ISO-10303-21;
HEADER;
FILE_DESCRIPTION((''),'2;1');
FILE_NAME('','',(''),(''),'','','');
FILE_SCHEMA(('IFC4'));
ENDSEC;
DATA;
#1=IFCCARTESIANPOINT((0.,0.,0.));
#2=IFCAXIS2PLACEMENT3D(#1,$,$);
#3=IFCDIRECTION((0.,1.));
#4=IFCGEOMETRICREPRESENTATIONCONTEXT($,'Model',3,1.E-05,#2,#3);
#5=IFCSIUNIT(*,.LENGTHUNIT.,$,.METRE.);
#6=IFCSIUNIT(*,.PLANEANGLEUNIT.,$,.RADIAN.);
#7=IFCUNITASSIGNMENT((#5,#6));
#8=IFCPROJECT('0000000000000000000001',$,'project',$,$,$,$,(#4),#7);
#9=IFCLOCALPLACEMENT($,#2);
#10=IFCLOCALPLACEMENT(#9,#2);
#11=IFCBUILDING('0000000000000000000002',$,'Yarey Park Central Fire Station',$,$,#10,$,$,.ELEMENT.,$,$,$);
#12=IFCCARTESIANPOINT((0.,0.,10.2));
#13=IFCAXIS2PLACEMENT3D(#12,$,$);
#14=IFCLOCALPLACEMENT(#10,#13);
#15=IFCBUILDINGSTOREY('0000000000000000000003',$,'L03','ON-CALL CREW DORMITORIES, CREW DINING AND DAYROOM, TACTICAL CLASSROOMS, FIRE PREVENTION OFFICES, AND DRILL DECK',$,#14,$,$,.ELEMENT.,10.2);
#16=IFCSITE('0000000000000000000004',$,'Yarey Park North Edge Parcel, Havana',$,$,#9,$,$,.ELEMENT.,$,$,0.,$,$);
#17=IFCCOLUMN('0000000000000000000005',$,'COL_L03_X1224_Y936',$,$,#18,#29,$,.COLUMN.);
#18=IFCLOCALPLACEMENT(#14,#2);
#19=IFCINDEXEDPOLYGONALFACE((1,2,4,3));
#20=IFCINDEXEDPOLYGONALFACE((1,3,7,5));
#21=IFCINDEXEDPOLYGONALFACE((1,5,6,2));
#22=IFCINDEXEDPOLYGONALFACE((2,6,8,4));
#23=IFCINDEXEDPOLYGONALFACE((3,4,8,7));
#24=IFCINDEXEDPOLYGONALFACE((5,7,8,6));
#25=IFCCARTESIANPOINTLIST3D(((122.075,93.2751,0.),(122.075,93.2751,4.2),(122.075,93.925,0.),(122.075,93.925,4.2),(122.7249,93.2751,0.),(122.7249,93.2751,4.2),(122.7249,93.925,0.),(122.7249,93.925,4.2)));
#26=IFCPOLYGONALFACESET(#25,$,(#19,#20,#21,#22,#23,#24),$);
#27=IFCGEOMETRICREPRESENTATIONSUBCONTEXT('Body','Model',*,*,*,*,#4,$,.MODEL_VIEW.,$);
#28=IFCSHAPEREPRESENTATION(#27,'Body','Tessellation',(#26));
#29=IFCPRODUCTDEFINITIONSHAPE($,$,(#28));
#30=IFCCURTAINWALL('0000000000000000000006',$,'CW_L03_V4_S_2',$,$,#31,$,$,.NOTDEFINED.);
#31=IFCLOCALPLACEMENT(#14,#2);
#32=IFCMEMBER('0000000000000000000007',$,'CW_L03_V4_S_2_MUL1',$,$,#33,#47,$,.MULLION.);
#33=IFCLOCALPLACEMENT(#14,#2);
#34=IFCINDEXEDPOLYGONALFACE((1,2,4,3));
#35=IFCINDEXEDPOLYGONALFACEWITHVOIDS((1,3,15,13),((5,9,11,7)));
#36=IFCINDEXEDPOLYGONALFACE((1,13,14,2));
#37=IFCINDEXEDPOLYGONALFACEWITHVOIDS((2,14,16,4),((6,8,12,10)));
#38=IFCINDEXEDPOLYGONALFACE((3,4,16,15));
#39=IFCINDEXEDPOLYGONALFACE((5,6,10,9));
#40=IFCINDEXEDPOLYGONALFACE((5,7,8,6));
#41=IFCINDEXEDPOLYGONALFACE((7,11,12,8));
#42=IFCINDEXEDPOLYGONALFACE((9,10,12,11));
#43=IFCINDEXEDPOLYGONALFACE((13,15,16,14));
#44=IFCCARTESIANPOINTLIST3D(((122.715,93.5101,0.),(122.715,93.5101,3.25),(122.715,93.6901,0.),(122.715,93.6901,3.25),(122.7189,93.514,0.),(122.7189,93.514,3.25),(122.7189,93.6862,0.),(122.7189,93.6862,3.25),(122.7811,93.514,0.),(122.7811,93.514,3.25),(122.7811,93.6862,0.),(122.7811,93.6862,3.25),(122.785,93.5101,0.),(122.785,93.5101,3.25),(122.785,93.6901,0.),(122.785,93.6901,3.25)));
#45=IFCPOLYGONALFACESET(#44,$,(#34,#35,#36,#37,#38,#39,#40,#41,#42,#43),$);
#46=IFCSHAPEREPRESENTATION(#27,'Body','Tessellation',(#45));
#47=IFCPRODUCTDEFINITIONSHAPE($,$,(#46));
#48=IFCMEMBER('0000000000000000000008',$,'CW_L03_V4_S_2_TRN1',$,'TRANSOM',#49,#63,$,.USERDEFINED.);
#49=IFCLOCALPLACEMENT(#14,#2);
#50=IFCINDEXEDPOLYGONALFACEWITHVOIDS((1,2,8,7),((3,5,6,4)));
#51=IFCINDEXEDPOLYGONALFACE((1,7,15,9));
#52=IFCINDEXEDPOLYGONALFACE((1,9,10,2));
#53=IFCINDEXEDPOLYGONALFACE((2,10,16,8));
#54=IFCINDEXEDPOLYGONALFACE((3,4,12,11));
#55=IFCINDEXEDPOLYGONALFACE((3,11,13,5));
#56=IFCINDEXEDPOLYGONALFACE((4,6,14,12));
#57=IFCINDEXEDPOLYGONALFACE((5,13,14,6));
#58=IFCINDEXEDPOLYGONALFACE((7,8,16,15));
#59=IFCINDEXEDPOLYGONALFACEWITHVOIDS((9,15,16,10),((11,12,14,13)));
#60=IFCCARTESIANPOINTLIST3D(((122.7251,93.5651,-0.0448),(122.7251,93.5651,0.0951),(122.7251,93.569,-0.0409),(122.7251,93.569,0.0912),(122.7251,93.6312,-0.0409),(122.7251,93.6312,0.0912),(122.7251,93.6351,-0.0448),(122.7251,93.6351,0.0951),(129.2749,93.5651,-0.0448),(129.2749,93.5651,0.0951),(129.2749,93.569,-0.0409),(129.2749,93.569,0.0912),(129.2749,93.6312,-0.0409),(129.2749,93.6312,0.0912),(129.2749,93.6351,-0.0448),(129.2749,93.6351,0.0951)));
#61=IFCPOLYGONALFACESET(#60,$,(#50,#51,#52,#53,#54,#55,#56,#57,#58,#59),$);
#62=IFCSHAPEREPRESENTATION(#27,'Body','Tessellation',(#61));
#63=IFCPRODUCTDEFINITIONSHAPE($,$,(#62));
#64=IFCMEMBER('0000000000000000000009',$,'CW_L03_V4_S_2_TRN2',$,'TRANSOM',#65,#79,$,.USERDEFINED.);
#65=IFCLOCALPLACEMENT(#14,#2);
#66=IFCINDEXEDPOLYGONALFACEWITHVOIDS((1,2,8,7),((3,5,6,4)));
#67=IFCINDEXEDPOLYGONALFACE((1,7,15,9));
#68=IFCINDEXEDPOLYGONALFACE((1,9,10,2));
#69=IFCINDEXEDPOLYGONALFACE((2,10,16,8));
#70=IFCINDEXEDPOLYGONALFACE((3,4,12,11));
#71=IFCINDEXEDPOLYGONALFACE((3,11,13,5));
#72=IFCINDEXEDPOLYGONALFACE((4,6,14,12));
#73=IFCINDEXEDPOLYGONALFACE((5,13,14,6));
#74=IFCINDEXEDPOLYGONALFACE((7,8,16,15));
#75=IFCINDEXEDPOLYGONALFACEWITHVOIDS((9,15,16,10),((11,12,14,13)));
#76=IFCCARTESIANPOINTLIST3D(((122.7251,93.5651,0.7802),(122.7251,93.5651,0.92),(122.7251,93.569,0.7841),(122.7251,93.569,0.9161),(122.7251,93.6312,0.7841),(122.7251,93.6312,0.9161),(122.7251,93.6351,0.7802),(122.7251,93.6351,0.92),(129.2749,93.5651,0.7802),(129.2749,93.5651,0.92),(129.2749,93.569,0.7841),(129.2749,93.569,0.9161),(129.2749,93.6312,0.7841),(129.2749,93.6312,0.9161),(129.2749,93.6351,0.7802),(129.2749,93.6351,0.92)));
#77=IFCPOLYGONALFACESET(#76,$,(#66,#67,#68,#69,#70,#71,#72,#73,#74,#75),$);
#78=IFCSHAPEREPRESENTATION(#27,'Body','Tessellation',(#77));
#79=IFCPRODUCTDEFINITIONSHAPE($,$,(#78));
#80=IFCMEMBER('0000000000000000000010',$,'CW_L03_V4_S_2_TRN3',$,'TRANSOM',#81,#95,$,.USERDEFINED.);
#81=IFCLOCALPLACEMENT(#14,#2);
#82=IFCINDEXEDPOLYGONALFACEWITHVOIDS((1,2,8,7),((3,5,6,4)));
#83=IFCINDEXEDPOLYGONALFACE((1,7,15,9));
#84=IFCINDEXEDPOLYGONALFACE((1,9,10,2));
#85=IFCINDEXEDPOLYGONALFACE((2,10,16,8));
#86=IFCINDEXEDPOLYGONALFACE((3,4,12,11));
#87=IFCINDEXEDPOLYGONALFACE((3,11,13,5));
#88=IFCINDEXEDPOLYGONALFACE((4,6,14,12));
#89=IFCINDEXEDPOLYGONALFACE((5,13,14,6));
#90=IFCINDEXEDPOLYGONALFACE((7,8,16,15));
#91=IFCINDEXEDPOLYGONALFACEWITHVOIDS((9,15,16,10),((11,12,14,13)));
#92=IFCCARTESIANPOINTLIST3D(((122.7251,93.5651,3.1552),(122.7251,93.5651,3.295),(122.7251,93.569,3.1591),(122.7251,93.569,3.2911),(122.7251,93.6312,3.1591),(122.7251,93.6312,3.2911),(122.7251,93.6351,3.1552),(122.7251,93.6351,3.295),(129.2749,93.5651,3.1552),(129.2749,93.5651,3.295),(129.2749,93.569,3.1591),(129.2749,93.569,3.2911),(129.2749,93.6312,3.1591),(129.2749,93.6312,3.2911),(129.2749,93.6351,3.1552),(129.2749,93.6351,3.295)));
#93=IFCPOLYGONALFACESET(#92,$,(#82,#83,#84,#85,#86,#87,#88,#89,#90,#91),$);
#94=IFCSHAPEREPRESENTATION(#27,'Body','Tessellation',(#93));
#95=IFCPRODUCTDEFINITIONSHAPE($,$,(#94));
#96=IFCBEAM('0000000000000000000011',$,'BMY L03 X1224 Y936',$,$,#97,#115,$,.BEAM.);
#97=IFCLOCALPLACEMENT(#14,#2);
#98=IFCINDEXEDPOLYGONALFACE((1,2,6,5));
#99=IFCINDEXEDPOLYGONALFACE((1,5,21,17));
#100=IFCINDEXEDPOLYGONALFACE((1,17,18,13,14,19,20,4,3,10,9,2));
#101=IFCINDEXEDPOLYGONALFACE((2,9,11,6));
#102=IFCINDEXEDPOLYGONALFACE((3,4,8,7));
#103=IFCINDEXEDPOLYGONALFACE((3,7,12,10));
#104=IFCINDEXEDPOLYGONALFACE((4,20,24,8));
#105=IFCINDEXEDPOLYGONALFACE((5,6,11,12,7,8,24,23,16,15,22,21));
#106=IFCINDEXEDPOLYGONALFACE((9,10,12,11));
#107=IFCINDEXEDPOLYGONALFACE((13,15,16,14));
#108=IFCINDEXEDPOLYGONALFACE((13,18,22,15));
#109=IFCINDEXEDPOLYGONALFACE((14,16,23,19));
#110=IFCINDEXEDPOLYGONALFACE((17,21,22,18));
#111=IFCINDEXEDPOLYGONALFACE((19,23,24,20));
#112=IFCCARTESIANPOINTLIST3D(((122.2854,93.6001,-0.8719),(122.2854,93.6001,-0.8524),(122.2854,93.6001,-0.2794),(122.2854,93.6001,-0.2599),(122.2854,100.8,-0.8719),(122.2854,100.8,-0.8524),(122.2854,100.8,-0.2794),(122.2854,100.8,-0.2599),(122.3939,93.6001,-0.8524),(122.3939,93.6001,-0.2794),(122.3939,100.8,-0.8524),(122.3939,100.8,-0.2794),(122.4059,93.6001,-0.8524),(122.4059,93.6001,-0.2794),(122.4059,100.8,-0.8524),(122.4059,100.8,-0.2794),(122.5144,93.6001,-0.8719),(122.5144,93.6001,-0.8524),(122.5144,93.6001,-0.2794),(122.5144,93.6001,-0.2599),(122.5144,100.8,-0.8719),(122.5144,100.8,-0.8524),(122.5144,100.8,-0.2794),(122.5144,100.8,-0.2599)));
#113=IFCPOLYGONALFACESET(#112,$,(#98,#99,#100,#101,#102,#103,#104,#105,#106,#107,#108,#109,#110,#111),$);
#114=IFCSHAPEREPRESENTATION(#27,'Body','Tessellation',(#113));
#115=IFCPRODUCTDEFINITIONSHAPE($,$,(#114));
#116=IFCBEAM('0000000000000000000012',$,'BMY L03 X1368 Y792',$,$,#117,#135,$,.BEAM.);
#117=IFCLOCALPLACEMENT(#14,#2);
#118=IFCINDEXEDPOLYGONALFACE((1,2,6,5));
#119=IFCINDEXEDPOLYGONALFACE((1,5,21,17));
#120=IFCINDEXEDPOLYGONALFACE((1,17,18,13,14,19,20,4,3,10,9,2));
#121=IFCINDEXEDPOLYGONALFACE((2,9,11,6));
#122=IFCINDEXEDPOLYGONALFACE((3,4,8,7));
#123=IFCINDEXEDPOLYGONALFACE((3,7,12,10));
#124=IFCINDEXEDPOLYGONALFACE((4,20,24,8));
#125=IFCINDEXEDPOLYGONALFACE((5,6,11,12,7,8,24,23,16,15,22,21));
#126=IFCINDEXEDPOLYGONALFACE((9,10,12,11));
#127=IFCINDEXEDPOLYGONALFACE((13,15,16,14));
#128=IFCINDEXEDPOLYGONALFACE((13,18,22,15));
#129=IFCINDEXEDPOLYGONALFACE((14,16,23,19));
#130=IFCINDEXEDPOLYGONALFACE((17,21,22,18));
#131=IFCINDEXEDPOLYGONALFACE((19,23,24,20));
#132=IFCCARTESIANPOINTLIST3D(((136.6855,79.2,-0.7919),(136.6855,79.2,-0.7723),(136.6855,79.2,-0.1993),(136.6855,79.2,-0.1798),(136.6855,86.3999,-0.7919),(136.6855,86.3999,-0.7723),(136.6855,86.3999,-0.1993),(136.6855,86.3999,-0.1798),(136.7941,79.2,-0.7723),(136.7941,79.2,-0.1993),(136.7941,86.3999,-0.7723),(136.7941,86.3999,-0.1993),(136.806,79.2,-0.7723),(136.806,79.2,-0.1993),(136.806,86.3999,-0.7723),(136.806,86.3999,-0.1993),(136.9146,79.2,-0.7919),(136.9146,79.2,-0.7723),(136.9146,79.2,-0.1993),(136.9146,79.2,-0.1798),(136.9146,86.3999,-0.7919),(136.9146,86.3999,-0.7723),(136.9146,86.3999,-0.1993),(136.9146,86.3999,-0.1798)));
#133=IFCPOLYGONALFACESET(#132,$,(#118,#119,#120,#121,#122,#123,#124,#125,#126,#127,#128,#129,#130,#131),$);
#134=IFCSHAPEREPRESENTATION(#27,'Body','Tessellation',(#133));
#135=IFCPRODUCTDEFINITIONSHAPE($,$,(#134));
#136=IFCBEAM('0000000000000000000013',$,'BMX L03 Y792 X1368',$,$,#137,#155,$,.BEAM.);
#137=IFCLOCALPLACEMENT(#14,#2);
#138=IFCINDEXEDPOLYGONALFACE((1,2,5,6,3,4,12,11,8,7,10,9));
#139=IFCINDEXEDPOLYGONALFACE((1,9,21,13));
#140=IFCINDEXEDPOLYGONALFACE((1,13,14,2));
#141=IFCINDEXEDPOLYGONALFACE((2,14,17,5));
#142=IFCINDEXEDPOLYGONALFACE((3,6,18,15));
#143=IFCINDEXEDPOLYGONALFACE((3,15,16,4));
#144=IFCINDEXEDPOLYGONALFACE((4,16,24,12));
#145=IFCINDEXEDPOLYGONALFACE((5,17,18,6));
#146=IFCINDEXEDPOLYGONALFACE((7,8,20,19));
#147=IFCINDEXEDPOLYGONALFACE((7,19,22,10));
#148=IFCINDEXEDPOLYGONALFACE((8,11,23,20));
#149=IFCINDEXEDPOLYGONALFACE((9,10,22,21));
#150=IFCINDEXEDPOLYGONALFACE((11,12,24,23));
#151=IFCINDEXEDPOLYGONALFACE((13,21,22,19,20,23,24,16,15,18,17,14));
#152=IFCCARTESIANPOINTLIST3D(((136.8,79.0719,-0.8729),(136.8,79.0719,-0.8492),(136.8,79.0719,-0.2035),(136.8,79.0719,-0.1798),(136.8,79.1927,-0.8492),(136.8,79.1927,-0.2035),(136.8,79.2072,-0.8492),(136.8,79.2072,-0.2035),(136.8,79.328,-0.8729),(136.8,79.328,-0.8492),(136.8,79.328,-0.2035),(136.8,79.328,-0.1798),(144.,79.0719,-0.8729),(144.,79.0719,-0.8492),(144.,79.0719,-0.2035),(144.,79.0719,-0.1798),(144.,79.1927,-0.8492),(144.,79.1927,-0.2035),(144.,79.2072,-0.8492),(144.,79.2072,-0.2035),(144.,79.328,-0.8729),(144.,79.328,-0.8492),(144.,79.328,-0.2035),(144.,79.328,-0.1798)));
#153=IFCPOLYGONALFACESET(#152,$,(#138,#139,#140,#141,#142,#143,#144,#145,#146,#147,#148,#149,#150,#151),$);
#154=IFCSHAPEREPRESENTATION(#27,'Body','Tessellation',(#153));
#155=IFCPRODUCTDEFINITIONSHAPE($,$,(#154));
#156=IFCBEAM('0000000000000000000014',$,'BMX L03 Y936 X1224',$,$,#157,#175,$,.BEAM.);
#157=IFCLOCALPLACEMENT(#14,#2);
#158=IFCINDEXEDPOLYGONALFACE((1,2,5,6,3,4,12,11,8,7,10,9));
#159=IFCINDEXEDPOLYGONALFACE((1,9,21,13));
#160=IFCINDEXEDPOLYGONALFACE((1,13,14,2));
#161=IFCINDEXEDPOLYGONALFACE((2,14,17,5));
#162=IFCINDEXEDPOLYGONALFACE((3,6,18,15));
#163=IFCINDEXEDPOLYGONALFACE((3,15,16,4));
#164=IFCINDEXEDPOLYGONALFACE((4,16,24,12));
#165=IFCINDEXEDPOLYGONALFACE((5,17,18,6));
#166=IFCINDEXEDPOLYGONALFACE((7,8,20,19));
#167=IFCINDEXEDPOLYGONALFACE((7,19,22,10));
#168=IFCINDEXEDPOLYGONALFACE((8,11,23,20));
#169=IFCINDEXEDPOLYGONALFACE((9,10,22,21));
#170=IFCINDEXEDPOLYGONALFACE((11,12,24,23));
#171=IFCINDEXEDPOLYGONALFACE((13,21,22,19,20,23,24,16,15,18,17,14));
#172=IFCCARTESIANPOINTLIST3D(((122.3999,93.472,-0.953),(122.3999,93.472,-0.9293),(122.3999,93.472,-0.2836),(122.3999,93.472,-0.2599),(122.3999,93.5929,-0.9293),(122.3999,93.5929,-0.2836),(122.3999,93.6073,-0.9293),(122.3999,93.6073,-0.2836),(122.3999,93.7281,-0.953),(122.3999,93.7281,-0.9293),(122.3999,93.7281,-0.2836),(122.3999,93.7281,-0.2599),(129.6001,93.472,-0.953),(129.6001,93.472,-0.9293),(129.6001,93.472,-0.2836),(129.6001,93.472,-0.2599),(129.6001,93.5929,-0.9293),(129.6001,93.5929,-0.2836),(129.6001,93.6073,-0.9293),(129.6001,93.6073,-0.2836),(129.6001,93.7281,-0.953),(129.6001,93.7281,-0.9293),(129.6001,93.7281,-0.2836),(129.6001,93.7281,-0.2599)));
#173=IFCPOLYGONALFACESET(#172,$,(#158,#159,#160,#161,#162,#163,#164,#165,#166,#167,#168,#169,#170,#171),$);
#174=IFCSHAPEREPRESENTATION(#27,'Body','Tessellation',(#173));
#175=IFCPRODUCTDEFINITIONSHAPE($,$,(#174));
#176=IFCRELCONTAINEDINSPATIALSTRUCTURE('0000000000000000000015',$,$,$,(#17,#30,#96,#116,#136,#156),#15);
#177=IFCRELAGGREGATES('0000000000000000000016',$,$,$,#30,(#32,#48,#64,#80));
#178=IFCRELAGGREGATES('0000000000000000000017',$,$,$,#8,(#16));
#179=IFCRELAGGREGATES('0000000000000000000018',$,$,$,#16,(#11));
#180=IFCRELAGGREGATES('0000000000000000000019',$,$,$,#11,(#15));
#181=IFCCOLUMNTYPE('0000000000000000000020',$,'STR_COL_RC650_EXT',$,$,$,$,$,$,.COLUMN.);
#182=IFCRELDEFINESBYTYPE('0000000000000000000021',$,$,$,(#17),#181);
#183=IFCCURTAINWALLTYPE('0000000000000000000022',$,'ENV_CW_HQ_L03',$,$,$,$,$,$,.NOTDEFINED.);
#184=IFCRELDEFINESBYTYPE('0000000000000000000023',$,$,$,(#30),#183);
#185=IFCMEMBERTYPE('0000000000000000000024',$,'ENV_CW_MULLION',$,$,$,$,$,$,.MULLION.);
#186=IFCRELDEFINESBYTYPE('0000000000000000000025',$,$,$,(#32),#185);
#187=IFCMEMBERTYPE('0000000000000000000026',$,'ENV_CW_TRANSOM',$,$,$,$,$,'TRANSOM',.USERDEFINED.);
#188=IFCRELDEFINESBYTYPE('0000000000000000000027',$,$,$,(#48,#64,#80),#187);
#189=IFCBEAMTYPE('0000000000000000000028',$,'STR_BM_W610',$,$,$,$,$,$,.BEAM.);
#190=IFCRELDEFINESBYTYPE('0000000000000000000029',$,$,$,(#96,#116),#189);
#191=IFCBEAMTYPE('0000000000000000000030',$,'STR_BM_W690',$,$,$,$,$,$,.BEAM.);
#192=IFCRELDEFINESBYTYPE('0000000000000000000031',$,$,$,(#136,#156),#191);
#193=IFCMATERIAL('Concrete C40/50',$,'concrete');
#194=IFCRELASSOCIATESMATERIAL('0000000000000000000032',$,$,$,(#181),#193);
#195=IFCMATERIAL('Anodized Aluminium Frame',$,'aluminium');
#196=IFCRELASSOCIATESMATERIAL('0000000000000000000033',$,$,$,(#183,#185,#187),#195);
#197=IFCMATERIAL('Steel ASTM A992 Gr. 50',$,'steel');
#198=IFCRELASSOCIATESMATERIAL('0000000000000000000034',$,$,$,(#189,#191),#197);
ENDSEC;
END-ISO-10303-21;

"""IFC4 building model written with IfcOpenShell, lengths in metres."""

from ifc_helpers import new_model, si_unit, direction, frame, origin, origin_2d, place, context, subcontext, project, spatial, rectangle, hollow_rectangle, i_section, extrude, material, material_profile, profile_set, type_object, element, aggregate, save


model = new_model("IFC4")

# Units and contexts
model_context = context("Model", 3, precision=1e-05, world=origin(), true_north=direction((0.0, 1.0)))
body_context = subcontext(model_context, "Body", "Model", "MODEL_VIEW")
ifc_project = project(units=[si_unit("LENGTHUNIT", "METRE"), si_unit("PLANEANGLEUNIT", "RADIAN")], contexts=[model_context])

# Site, building, storey
site_placement = place(None, origin())
site = spatial("IfcSite", under=ifc_project, at=site_placement, Name="Yarey Park North Edge Parcel, Havana", CompositionType="ELEMENT", RefElevation=0.0)
building_placement = place(site_placement, origin())
building = spatial("IfcBuilding", under=site, at=building_placement, Name="Yarey Park Central Fire Station", CompositionType="ELEMENT")
storey_placement = place(building_placement, frame((0.0, 0.0, 10.2)))
storey = spatial("IfcBuildingStorey", under=building, at=storey_placement, Name="L03", Description="ON-CALL CREW DORMITORIES, CREW DINING AND DAYROOM, TACTICAL CLASSROOMS, FIRE PREVENTION OFFICES, AND DRILL DECK", CompositionType="ELEMENT", Elevation=10.2)

# Column
ifc_material_1 = material(Name="Concrete C40/50", Category="concrete")
ifc_material_profile_1 = material_profile(ifc_material_1, rectangle(XDim=0.6499, YDim=0.6499, at=origin_2d()), Name="RC 650x650")
ifc_profile_set_1 = profile_set([ifc_material_profile_1], Name="Concrete C40/50")
column_type = type_object("IfcColumnType", Name="STR_COL_RC650_EXT", PredefinedType="COLUMN", material=ifc_profile_set_1)
column_placement = place(storey_placement, frame((122.3999, 93.6001, 0.0), z_axis=(0.0, 0.0, 1.0), x_axis=(1.0, 0.0, 0.0)))
element("IfcColumn", 1, at=column_placement, inside=storey, type_object=column_type, Name="COL_L03_X1224_Y936", PredefinedType="COLUMN", context=body_context, shape_type="SweptSolid", body=[
    extrude(rectangle(XDim=0.6499, YDim=0.6499, at=origin_2d()), origin(), (0.0, 0.0, 1.0), 4.2),
])

# Curtain wall, members
ifc_material_2 = material(Name="Anodized Aluminium Frame", Category="aluminium")
curtain_wall_type = type_object("IfcCurtainWallType", Name="ENV_CW_HQ_L03", PredefinedType="NOTDEFINED", material=ifc_material_2)
curtain_wall_placement = place(storey_placement, origin())
curtain_wall = element("IfcCurtainWall", 2, at=curtain_wall_placement, inside=storey, type_object=curtain_wall_type, Name="CW_L03_V4_S_2", PredefinedType="NOTDEFINED")
ifc_material_profile_2 = material_profile(ifc_material_2, hollow_rectangle(XDim=0.0701, YDim=0.1799, WallThickness=0.0039, at=origin_2d()), Name="ALU 180x70x4")
ifc_profile_set_2 = profile_set([ifc_material_profile_2], Name="Anodized Aluminium Frame")
member_type_1 = type_object("IfcMemberType", Name="ENV_CW_MULLION", PredefinedType="MULLION", material=ifc_profile_set_2)
member_1_placement = place(storey_placement, frame((122.75, 93.6001, 0.0), z_axis=(0.0, 0.0, 1.0), x_axis=(1.0, 0.0, 0.0)))
member_1 = element("IfcMember", 3, at=member_1_placement, type_object=member_type_1, Name="CW_L03_V4_S_2_MUL1", PredefinedType="MULLION", context=body_context, shape_type="SweptSolid", body=[
    extrude(hollow_rectangle(XDim=0.0701, YDim=0.1799, WallThickness=0.0039, at=origin_2d()), origin(), (0.0, 0.0, 1.0), 3.25),
])
ifc_material_profile_3 = material_profile(ifc_material_2, hollow_rectangle(XDim=0.0701, YDim=0.1399, WallThickness=0.0039, at=origin_2d()), Name="ALU 140x70x4")
ifc_profile_set_3 = profile_set([ifc_material_profile_3], Name="Anodized Aluminium Frame")
member_type_2 = type_object("IfcMemberType", Name="ENV_CW_TRANSOM", ElementType="TRANSOM", PredefinedType="USERDEFINED", material=ifc_profile_set_3)
member_2_placement = place(storey_placement, frame((122.7251, 93.6001, 0.0251), z_axis=(1.0, 0.0, 0.0), x_axis=(0.0, 1.0, 0.0)))
member_2 = element("IfcMember", 4, at=member_2_placement, type_object=member_type_2, Name="CW_L03_V4_S_2_TRN1", ObjectType="TRANSOM", PredefinedType="USERDEFINED", context=body_context, shape_type="SweptSolid", body=[
    extrude(hollow_rectangle(XDim=0.0701, YDim=0.1399, WallThickness=0.0039, at=origin_2d()), origin(), (0.0, 0.0, 1.0), 6.5498),
])
member_3_placement = place(storey_placement, frame((122.7251, 93.6001, 0.8501), z_axis=(1.0, 0.0, 0.0), x_axis=(0.0, 1.0, 0.0)))
member_3 = element("IfcMember", 5, at=member_3_placement, type_object=member_type_2, Name="CW_L03_V4_S_2_TRN2", ObjectType="TRANSOM", PredefinedType="USERDEFINED", context=body_context, shape_type="SweptSolid", body=[
    extrude(hollow_rectangle(XDim=0.0701, YDim=0.1399, WallThickness=0.0039, at=origin_2d()), origin(), (0.0, 0.0, 1.0), 6.5498),
])
member_4_placement = place(storey_placement, frame((122.7251, 93.6001, 3.2251), z_axis=(1.0, 0.0, 0.0), x_axis=(0.0, 1.0, 0.0)))
member_4 = element("IfcMember", 6, at=member_4_placement, type_object=member_type_2, Name="CW_L03_V4_S_2_TRN3", ObjectType="TRANSOM", PredefinedType="USERDEFINED", context=body_context, shape_type="SweptSolid", body=[
    extrude(hollow_rectangle(XDim=0.0701, YDim=0.1399, WallThickness=0.0039, at=origin_2d()), origin(), (0.0, 0.0, 1.0), 6.5498),
])

# Beams
ifc_material_3 = material(Name="Steel ASTM A992 Gr. 50", Category="steel")
ifc_material_profile_4 = material_profile(ifc_material_3, i_section(OverallWidth=0.229, OverallDepth=0.6121, WebThickness=0.012, FlangeThickness=0.0195, at=origin_2d()), Name="W610x125")
ifc_profile_set_4 = profile_set([ifc_material_profile_4], Name="Steel ASTM A992 Gr. 50")
beam_type_1 = type_object("IfcBeamType", Name="STR_BM_W610", PredefinedType="BEAM", material=ifc_profile_set_4)
for number, where, z_axis, x_axis, name in (
    (7, (122.3999, 93.6001, -0.5659), (0.0, 1.0, 0.0), (-1.0, 0.0, 0.0), "BMY L03 X1224 Y936"),
    (8, (136.8, 79.2, -0.4858), (0.0, 1.0, 0.0), (-1.0, 0.0, 0.0), "BMY L03 X1368 Y792"),
):
    element("IfcBeam", number, at=place(storey_placement, frame(where, z_axis=z_axis, x_axis=x_axis)), inside=storey, type_object=beam_type_1, Name=name, PredefinedType="BEAM", context=body_context, shape_type="SweptSolid", body=[
        extrude(i_section(OverallWidth=0.229, OverallDepth=0.6121, WebThickness=0.012, FlangeThickness=0.0195, at=origin_2d()), origin(), (0.0, 0.0, 1.0), 7.2),
    ])
ifc_material_profile_5 = material_profile(ifc_material_3, i_section(OverallWidth=0.2561, OverallDepth=0.6931, WebThickness=0.0144, FlangeThickness=0.0237, at=origin_2d()), Name="W690x170")
ifc_profile_set_5 = profile_set([ifc_material_profile_5], Name="Steel ASTM A992 Gr. 50")
beam_type_2 = type_object("IfcBeamType", Name="STR_BM_W690", PredefinedType="BEAM", material=ifc_profile_set_5)
beam_1_placement = place(storey_placement, frame((136.8, 79.2, -0.5264), z_axis=(1.0, 0.0, 0.0), x_axis=(0.0, 1.0, 0.0)))
element("IfcBeam", 9, at=beam_1_placement, inside=storey, type_object=beam_type_2, Name="BMX L03 Y792 X1368", PredefinedType="BEAM", context=body_context, shape_type="SweptSolid", body=[
    extrude(i_section(OverallWidth=0.2561, OverallDepth=0.6931, WebThickness=0.0144, FlangeThickness=0.0237, at=origin_2d()), origin(), (0.0, 0.0, 1.0), 7.2),
])
beam_2_placement = place(storey_placement, frame((122.3999, 93.6001, -0.6064), z_axis=(1.0, 0.0, 0.0), x_axis=(0.0, 1.0, 0.0)))
element("IfcBeam", 10, at=beam_2_placement, inside=storey, type_object=beam_type_2, Name="BMX L03 Y936 X1224", PredefinedType="BEAM", context=body_context, shape_type="SweptSolid", body=[
    extrude(i_section(OverallWidth=0.2561, OverallDepth=0.6931, WebThickness=0.0144, FlangeThickness=0.0237, at=origin_2d()), origin(), (0.0, 0.0, 1.0), 7.2002),
])

aggregate(curtain_wall, [member_1, member_2, member_3, member_4])

save(model, "model.ifc")
